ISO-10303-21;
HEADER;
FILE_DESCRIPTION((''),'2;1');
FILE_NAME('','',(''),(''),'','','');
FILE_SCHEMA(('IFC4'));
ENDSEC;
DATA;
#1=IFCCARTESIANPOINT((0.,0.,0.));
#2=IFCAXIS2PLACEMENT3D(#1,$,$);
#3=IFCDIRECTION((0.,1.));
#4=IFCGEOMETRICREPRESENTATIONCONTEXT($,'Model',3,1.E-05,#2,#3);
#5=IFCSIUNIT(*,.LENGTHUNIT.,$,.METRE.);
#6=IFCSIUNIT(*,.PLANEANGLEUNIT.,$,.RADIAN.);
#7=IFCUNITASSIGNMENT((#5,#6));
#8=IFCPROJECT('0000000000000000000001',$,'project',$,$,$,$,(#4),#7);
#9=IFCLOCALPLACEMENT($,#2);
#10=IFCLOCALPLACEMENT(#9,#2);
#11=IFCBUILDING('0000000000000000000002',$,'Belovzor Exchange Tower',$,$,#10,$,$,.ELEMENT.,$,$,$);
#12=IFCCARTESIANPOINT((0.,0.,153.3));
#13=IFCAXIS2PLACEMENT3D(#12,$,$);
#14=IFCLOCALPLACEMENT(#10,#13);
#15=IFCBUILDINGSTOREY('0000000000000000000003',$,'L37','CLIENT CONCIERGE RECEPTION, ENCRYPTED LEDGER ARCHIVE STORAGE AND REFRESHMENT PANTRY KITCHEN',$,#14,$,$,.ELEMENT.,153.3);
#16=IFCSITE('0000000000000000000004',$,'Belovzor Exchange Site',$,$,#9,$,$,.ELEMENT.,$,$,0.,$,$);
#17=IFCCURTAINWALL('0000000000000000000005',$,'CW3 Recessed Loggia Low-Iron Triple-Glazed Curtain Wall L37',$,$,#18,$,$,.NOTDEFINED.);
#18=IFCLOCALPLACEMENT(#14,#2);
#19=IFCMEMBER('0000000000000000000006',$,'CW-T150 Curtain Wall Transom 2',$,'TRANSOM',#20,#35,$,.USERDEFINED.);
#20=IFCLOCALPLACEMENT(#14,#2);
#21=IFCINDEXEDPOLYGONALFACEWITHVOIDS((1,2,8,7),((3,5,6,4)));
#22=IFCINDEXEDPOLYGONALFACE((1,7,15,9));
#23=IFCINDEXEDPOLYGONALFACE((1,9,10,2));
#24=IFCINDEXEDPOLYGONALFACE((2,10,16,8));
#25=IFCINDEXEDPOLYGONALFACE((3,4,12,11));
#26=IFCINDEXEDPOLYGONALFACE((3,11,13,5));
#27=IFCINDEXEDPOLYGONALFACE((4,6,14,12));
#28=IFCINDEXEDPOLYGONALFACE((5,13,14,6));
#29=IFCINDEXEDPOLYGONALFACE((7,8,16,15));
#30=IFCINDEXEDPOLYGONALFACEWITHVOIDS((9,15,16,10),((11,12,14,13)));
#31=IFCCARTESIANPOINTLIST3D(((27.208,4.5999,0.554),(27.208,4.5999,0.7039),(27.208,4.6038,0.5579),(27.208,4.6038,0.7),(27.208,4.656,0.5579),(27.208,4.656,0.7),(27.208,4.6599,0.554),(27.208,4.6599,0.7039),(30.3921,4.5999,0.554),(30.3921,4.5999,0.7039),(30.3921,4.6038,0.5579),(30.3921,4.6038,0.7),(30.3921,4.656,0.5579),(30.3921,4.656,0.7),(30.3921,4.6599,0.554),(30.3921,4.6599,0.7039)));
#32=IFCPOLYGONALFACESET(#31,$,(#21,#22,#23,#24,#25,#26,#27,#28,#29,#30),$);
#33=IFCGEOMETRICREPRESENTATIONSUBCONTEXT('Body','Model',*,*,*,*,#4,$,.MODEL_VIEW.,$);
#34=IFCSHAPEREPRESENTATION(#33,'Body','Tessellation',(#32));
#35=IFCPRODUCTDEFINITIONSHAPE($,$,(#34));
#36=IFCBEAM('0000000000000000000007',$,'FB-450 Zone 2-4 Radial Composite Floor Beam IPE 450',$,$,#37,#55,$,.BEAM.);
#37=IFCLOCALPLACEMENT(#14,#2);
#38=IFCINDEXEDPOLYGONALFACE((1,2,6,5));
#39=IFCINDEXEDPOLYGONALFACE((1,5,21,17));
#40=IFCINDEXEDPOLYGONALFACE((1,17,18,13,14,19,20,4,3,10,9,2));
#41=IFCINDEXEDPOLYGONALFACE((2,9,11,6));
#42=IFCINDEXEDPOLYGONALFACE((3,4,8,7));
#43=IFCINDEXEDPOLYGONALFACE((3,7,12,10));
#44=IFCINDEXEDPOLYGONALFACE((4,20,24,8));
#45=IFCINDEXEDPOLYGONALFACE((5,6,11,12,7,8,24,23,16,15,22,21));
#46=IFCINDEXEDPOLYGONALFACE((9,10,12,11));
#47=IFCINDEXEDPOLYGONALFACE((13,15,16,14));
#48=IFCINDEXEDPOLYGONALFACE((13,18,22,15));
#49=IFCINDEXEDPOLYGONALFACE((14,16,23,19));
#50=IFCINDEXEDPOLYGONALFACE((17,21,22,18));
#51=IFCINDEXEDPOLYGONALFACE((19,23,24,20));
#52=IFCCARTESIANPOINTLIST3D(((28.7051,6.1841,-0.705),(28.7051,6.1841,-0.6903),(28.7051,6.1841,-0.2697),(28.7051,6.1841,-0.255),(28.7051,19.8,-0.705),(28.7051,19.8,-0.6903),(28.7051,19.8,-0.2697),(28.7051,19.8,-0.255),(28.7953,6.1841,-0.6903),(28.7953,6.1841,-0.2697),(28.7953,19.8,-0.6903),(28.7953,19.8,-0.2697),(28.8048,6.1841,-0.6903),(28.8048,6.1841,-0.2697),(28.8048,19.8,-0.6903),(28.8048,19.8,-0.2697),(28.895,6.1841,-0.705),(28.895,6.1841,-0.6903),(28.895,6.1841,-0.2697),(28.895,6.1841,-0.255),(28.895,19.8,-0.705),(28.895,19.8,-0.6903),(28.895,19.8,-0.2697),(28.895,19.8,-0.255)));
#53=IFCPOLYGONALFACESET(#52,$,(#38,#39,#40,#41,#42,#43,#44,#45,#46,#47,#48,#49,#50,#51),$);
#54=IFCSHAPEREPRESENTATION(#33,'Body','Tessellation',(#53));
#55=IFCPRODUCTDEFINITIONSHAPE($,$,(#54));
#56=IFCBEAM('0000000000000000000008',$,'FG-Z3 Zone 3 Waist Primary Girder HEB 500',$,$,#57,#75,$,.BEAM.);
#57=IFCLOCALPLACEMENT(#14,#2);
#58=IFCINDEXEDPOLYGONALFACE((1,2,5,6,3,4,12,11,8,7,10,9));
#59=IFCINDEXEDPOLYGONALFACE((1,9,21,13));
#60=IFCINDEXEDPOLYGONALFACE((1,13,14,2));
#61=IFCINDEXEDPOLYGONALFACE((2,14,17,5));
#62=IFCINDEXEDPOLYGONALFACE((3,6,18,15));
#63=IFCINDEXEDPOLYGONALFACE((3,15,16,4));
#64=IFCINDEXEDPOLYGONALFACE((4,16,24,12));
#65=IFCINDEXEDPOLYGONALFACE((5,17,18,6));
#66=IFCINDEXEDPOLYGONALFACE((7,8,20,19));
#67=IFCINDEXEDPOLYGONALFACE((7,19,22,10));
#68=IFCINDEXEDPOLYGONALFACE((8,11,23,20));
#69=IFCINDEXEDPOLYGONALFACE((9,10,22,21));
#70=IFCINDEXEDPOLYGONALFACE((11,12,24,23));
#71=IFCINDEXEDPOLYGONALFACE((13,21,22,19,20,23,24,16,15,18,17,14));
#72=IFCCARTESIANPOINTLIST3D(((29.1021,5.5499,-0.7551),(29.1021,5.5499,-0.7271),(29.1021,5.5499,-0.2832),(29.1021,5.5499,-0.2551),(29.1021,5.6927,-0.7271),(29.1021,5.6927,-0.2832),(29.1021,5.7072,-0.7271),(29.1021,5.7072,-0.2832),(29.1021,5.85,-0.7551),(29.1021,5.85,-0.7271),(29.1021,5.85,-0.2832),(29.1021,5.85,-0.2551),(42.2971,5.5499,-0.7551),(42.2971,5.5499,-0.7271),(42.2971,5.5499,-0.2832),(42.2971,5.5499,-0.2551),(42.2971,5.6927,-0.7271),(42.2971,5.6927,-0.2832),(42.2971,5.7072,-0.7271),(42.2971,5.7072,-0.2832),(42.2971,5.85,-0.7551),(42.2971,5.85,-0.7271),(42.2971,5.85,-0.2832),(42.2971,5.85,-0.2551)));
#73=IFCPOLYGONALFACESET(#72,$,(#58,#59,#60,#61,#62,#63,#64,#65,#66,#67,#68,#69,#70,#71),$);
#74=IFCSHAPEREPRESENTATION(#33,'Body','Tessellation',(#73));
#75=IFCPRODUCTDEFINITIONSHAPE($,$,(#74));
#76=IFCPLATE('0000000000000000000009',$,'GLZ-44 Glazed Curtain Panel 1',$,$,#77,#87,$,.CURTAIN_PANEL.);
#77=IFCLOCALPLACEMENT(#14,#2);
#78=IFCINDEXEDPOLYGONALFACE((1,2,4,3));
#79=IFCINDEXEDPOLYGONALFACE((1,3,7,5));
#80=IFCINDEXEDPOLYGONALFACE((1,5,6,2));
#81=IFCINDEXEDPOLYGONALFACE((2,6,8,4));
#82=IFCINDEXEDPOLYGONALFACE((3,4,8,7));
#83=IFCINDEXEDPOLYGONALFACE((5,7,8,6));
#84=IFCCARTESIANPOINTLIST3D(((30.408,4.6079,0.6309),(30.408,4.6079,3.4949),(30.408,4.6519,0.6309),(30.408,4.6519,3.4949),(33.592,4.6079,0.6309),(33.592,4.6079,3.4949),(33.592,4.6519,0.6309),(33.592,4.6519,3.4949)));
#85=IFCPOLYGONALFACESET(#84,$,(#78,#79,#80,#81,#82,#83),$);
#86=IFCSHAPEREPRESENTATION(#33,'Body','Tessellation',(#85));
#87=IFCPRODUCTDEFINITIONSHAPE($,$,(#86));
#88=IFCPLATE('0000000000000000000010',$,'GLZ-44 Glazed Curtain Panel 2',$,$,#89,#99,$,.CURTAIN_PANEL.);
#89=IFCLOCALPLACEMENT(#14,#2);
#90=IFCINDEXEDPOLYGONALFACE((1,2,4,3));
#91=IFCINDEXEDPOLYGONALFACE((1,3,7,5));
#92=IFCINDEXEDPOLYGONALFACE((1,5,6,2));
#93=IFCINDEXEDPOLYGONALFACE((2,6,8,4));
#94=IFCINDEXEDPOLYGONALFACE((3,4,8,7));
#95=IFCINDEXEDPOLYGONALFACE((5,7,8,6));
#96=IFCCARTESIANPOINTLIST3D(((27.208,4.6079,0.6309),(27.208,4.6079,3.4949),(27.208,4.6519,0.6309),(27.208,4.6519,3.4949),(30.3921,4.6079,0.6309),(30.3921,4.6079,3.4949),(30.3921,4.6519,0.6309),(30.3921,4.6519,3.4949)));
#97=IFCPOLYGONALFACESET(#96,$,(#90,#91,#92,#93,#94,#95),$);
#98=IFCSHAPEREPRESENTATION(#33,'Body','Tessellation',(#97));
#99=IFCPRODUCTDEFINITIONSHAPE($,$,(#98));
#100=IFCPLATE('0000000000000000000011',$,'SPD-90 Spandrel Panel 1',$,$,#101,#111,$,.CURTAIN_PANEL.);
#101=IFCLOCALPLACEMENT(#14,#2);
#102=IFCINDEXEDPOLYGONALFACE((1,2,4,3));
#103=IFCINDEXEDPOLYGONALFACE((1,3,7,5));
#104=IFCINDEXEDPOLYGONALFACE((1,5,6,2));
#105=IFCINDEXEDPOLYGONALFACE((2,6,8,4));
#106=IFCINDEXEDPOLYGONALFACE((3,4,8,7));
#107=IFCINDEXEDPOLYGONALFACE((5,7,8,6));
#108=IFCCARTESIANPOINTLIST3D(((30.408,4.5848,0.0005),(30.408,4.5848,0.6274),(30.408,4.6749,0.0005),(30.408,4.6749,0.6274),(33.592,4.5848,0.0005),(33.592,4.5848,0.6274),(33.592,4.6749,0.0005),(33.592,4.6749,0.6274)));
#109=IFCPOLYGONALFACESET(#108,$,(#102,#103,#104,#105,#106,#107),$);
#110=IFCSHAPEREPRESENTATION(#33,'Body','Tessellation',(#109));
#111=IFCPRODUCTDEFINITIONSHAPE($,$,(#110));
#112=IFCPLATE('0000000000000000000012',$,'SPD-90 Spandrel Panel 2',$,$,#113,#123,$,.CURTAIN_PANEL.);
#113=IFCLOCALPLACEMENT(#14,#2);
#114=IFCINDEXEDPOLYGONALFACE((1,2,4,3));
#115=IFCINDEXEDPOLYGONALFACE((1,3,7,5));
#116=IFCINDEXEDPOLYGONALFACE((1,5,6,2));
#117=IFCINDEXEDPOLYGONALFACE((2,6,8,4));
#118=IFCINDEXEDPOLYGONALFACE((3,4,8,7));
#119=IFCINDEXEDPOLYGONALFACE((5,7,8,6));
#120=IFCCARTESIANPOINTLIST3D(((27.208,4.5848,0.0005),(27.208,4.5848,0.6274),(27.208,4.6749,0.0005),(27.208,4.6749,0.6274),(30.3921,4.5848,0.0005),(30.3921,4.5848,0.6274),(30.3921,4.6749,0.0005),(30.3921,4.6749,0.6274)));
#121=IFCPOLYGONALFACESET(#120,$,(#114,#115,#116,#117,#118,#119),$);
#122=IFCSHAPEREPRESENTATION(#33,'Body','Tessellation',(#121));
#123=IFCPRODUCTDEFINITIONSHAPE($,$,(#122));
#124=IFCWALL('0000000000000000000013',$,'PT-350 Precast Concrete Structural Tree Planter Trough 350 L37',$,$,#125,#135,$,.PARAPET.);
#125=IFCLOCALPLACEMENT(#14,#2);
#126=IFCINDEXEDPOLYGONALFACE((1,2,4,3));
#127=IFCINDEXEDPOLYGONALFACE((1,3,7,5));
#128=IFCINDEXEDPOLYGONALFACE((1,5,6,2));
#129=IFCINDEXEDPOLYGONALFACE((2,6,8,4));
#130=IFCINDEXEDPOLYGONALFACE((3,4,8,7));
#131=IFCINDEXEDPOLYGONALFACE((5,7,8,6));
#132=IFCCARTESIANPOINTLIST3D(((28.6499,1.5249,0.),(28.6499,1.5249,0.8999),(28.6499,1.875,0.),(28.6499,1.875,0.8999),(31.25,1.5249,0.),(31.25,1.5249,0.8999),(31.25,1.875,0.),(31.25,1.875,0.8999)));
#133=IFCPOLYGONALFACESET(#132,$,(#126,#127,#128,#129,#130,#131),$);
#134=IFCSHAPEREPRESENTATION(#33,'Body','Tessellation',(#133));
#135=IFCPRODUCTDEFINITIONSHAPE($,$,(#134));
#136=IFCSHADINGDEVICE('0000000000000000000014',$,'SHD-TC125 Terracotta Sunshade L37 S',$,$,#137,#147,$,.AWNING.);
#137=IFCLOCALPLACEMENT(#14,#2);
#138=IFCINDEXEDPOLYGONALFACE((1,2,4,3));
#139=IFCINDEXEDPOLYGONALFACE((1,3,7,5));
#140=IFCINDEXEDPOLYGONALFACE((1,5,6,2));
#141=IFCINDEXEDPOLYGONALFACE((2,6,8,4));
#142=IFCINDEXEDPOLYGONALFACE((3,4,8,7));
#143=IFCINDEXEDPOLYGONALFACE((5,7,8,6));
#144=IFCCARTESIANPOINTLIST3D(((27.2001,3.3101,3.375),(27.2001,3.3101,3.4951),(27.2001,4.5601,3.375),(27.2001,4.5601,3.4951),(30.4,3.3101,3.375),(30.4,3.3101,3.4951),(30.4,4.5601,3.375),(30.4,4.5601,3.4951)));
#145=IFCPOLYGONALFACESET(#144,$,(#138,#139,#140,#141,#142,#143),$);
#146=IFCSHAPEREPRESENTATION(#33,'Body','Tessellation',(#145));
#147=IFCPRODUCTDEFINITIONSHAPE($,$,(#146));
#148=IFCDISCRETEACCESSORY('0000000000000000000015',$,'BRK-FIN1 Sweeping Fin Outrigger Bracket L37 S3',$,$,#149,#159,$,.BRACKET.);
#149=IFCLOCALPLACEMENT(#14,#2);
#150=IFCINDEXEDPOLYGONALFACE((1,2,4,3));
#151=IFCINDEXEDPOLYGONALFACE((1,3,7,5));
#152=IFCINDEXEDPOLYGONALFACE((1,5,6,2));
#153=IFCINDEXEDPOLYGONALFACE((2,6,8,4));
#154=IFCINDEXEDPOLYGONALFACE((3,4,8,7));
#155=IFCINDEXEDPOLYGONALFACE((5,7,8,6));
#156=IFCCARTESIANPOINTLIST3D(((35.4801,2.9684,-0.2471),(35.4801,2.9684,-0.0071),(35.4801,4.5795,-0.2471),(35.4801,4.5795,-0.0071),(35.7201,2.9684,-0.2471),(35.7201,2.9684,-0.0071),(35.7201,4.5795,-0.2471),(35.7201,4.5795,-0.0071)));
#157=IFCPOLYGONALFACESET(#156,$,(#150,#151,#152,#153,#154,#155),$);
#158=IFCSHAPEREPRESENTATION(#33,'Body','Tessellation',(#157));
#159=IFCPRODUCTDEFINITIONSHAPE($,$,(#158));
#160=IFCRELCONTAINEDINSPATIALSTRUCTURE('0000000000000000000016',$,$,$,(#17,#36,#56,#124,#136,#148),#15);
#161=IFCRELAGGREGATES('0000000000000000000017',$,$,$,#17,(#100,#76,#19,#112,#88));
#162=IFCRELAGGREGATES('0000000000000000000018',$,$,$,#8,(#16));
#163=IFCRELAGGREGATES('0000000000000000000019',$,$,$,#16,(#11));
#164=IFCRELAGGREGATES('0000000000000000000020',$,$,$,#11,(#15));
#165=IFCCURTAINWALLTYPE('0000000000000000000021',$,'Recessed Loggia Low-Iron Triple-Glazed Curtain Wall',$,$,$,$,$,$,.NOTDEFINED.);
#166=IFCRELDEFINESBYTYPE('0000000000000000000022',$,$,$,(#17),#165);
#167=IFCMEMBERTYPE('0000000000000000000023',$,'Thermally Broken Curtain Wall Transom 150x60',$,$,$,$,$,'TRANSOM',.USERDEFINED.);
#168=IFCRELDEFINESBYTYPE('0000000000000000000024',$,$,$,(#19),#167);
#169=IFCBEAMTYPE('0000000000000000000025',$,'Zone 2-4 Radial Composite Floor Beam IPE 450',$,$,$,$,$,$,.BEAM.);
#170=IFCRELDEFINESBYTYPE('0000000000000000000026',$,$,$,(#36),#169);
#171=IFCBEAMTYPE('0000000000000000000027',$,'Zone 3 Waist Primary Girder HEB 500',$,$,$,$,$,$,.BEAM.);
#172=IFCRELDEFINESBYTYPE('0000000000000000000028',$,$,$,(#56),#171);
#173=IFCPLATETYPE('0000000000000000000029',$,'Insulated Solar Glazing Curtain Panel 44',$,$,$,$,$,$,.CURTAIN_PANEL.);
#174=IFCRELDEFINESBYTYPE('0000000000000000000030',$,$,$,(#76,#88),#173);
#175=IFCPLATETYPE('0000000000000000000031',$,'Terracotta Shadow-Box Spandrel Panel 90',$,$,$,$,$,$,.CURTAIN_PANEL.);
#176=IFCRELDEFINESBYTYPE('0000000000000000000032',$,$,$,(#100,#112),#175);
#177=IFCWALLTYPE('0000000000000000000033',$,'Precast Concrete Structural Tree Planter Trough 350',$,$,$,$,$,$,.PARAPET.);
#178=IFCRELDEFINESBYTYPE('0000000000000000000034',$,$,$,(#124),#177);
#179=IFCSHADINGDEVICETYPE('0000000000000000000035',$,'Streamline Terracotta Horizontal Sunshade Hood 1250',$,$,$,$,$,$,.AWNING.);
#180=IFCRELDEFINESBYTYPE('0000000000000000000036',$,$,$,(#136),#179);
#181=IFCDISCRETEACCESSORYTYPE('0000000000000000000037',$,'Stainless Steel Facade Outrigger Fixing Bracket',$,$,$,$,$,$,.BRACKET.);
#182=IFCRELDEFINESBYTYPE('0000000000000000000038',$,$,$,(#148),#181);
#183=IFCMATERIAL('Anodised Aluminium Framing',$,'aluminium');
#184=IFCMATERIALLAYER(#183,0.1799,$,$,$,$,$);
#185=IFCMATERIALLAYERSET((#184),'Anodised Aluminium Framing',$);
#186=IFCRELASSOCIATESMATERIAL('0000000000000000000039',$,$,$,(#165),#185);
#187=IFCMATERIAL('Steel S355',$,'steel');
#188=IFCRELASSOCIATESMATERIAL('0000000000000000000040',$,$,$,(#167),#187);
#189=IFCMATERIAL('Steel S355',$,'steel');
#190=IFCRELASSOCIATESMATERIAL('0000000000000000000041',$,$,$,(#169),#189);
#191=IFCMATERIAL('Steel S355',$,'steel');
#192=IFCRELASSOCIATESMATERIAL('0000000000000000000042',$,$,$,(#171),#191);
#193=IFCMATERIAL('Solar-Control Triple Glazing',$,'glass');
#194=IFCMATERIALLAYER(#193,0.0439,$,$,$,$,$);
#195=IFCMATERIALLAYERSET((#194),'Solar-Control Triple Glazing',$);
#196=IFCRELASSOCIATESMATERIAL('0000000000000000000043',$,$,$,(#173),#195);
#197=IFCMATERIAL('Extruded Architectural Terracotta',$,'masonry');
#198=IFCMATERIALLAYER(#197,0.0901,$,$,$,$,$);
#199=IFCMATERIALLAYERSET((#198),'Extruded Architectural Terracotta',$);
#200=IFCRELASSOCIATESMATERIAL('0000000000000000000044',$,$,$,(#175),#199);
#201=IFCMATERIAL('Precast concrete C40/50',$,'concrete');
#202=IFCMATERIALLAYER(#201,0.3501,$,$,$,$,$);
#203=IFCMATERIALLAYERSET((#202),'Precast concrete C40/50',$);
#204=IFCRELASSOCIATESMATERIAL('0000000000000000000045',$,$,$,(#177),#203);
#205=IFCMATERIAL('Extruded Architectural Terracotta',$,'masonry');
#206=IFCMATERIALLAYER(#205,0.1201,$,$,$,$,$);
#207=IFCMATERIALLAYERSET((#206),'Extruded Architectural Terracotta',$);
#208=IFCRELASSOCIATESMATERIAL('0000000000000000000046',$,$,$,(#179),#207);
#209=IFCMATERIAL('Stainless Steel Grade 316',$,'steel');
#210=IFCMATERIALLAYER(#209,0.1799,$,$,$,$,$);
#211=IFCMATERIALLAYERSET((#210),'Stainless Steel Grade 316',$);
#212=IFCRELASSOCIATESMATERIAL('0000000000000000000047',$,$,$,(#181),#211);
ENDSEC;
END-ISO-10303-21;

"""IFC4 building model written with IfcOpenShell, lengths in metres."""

from ifc_helpers import new_model, si_unit, direction, frame, frame_2d, origin, origin_2d, place, context, subcontext, project, spatial, rectangle, hollow_rectangle, i_section, extrude, material, layer, layer_set, material_profile, profile_set, type_object, element, aggregate, save


model = new_model("IFC4")

# Units and contexts
model_context = context("Model", 3, precision=1e-05, world=origin(), true_north=direction((0.0, 1.0)))
body_context = subcontext(model_context, "Body", "Model", "MODEL_VIEW")
ifc_project = project(units=[si_unit("LENGTHUNIT", "METRE"), si_unit("PLANEANGLEUNIT", "RADIAN")], contexts=[model_context])

# Site, building, storey
site_placement = place(None, origin())
site = spatial("IfcSite", under=ifc_project, at=site_placement, Name="Belovzor Exchange Site", CompositionType="ELEMENT", RefElevation=0.0)
building_placement = place(site_placement, origin())
building = spatial("IfcBuilding", under=site, at=building_placement, Name="Belovzor Exchange Tower", CompositionType="ELEMENT")
storey_placement = place(building_placement, frame((0.0, 0.0, 153.3)))
storey = spatial("IfcBuildingStorey", under=building, at=storey_placement, Name="L37", Description="CLIENT CONCIERGE RECEPTION, ENCRYPTED LEDGER ARCHIVE STORAGE AND REFRESHMENT PANTRY KITCHEN", CompositionType="ELEMENT", Elevation=153.3)

# Curtain wall, member
ifc_material_1 = material(Name="Anodised Aluminium Framing", Category="aluminium")
ifc_layer_1 = layer(ifc_material_1, 0.1799)
ifc_layer_set_1 = layer_set([ifc_layer_1], Name="Anodised Aluminium Framing")
curtain_wall_type = type_object("IfcCurtainWallType", Name="Recessed Loggia Low-Iron Triple-Glazed Curtain Wall", PredefinedType="NOTDEFINED", material=ifc_layer_set_1)
curtain_wall_placement = place(storey_placement, origin())
curtain_wall = element("IfcCurtainWall", 1, at=curtain_wall_placement, inside=storey, type_object=curtain_wall_type, Name="CW3 Recessed Loggia Low-Iron Triple-Glazed Curtain Wall L37", PredefinedType="NOTDEFINED")
ifc_material_2 = material(Name="Steel S355", Category="steel")
ifc_material_profile_1 = material_profile(ifc_material_2, hollow_rectangle(XDim=0.0601, YDim=0.1499, WallThickness=0.0039, at=origin_2d()))
ifc_profile_set_1 = profile_set([ifc_material_profile_1], Name="Steel S355")
member_type_1 = type_object("IfcMemberType", Name="Thermally Broken Curtain Wall Transom 150x60", ElementType="TRANSOM", PredefinedType="USERDEFINED", material=ifc_profile_set_1)
member_1_placement = place(storey_placement, frame((30.3921, 4.6299, 0.6289), z_axis=(-1.0, 0.0, 0.0), x_axis=(0.0, -1.0, 0.0)))
member_1 = element("IfcMember", 2, at=member_1_placement, type_object=member_type_1, Name="CW-T150 Curtain Wall Transom 2", ObjectType="TRANSOM", PredefinedType="USERDEFINED", context=body_context, shape_type="SweptSolid", body=[
    extrude(hollow_rectangle(XDim=0.0601, YDim=0.1499, WallThickness=0.0039, at=origin_2d()), origin(), (0.0, 0.0, 1.0), 3.1841),
])

# Beams
ifc_material_3 = material(Name="Steel S355", Category="steel")
ifc_material_profile_2 = material_profile(ifc_material_3, i_section(OverallWidth=0.1899, OverallDepth=0.45, WebThickness=0.0095, FlangeThickness=0.0146, at=origin_2d()))
ifc_profile_set_2 = profile_set([ifc_material_profile_2], Name="Steel S355")
beam_type_1 = type_object("IfcBeamType", Name="Zone 2-4 Radial Composite Floor Beam IPE 450", PredefinedType="BEAM", material=ifc_profile_set_2)
beam_1_placement = place(storey_placement, frame((28.8, 19.8, -0.48), z_axis=(0.0, -1.0, 0.0), x_axis=(1.0, 0.0, 0.0)))
element("IfcBeam", 3, at=beam_1_placement, inside=storey, type_object=beam_type_1, Name="FB-450 Zone 2-4 Radial Composite Floor Beam IPE 450", PredefinedType="BEAM", context=body_context, shape_type="SweptSolid", body=[
    extrude(i_section(OverallWidth=0.1899, OverallDepth=0.45, WebThickness=0.0095, FlangeThickness=0.0146, at=origin_2d()), origin(), (0.0, 0.0, 1.0), 13.616),
])
ifc_material_4 = material(Name="Steel S355", Category="steel")
ifc_material_profile_3 = material_profile(ifc_material_4, i_section(OverallWidth=0.3, OverallDepth=0.5, WebThickness=0.0144, FlangeThickness=0.0281, at=origin_2d()))
ifc_profile_set_3 = profile_set([ifc_material_profile_3], Name="Steel S355")
beam_type_2 = type_object("IfcBeamType", Name="Zone 3 Waist Primary Girder HEB 500", PredefinedType="BEAM", material=ifc_profile_set_3)
beam_2_placement = place(storey_placement, frame((29.1021, 5.7, -0.5051), z_axis=(1.0, 0.0, 0.0), x_axis=(0.0, 1.0, 0.0)))
element("IfcBeam", 4, at=beam_2_placement, inside=storey, type_object=beam_type_2, Name="FG-Z3 Zone 3 Waist Primary Girder HEB 500", PredefinedType="BEAM", context=body_context, shape_type="SweptSolid", body=[
    extrude(i_section(OverallWidth=0.3, OverallDepth=0.5, WebThickness=0.0144, FlangeThickness=0.0281, at=origin_2d()), origin(), (0.0, 0.0, 1.0), 13.1951),
])

# Plates
ifc_material_5 = material(Name="Solar-Control Triple Glazing", Category="glass")
ifc_layer_2 = layer(ifc_material_5, 0.0439)
ifc_layer_set_2 = layer_set([ifc_layer_2], Name="Solar-Control Triple Glazing")
plate_type_1 = type_object("IfcPlateType", Name="Insulated Solar Glazing Curtain Panel 44", PredefinedType="CURTAIN_PANEL", material=ifc_layer_set_2)
plate_1_placement = place(storey_placement, frame((32.0, 4.6299, 0.6309), z_axis=(0.0, 0.0, 1.0), x_axis=(-1.0, 0.0, 0.0)))
plate_1 = element("IfcPlate", 5, at=plate_1_placement, type_object=plate_type_1, Name="GLZ-44 Glazed Curtain Panel 1", PredefinedType="CURTAIN_PANEL", context=body_context, shape_type="SweptSolid", body=[
    extrude(rectangle(XDim=3.1841, YDim=0.0439, at=origin_2d()), origin(), (0.0, 0.0, 1.0), 2.864),
])
plate_2_placement = place(storey_placement, frame((28.8, 4.6299, 0.6309), z_axis=(0.0, 0.0, 1.0), x_axis=(-1.0, 0.0, 0.0)))
plate_2 = element("IfcPlate", 6, at=plate_2_placement, type_object=plate_type_1, Name="GLZ-44 Glazed Curtain Panel 2", PredefinedType="CURTAIN_PANEL", context=body_context, shape_type="SweptSolid", body=[
    extrude(rectangle(XDim=3.1841, YDim=0.0439, at=origin_2d()), origin(), (0.0, 0.0, 1.0), 2.864),
])
ifc_material_6 = material(Name="Extruded Architectural Terracotta", Category="masonry")
ifc_layer_3 = layer(ifc_material_6, 0.0901)
ifc_layer_set_3 = layer_set([ifc_layer_3], Name="Extruded Architectural Terracotta")
plate_type_2 = type_object("IfcPlateType", Name="Terracotta Shadow-Box Spandrel Panel 90", PredefinedType="CURTAIN_PANEL", material=ifc_layer_set_3)
plate_3_placement = place(storey_placement, frame((32.0, 4.6299, 0.0005), z_axis=(0.0, 0.0, 1.0), x_axis=(-1.0, 0.0, 0.0)))
plate_3 = element("IfcPlate", 7, at=plate_3_placement, type_object=plate_type_2, Name="SPD-90 Spandrel Panel 1", PredefinedType="CURTAIN_PANEL", context=body_context, shape_type="SweptSolid", body=[
    extrude(rectangle(XDim=3.1841, YDim=0.0901, at=origin_2d()), origin(), (0.0, 0.0, 1.0), 0.627),
])
plate_4_placement = place(storey_placement, frame((28.8, 4.6299, 0.0005), z_axis=(0.0, 0.0, 1.0), x_axis=(-1.0, 0.0, 0.0)))
plate_4 = element("IfcPlate", 8, at=plate_4_placement, type_object=plate_type_2, Name="SPD-90 Spandrel Panel 2", PredefinedType="CURTAIN_PANEL", context=body_context, shape_type="SweptSolid", body=[
    extrude(rectangle(XDim=3.1841, YDim=0.0901, at=origin_2d()), origin(), (0.0, 0.0, 1.0), 0.627),
])
aggregate(curtain_wall, [plate_3, plate_1, member_1, plate_4, plate_2])

# Wall
ifc_material_7 = material(Name="Precast concrete C40/50", Category="concrete")
ifc_layer_4 = layer(ifc_material_7, 0.3501)
ifc_layer_set_4 = layer_set([ifc_layer_4], Name="Precast concrete C40/50")
wall_type = type_object("IfcWallType", Name="Precast Concrete Structural Tree Planter Trough 350", PredefinedType="PARAPET", material=ifc_layer_set_4)
wall_placement = place(storey_placement, frame((28.6499, 1.7, 0.0), z_axis=(0.0, 0.0, 1.0), x_axis=(1.0, 0.0, 0.0)))
element("IfcWall", 9, at=wall_placement, inside=storey, type_object=wall_type, Name="PT-350 Precast Concrete Structural Tree Planter Trough 350 L37", PredefinedType="PARAPET", context=body_context, shape_type="SweptSolid", body=[
    extrude(rectangle(XDim=2.6001, YDim=0.3501, at=frame_2d((1.3, 0.0))), origin(), (0.0, 0.0, 1.0), 0.8999),
])

# Shading device
ifc_material_8 = material(Name="Extruded Architectural Terracotta", Category="masonry")
ifc_layer_5 = layer(ifc_material_8, 0.1201)
ifc_layer_set_5 = layer_set([ifc_layer_5], Name="Extruded Architectural Terracotta")
shading_device_type = type_object("IfcShadingDeviceType", Name="Streamline Terracotta Horizontal Sunshade Hood 1250", PredefinedType="AWNING", material=ifc_layer_set_5)
shading_device_placement = place(storey_placement, frame((28.8, 3.9351, 3.375), z_axis=(0.0, 0.0, 1.0), x_axis=(1.0, 0.0, 0.0)))
element("IfcShadingDevice", 10, at=shading_device_placement, inside=storey, type_object=shading_device_type, Name="SHD-TC125 Terracotta Sunshade L37 S", PredefinedType="AWNING", context=body_context, shape_type="SweptSolid", body=[
    extrude(rectangle(XDim=3.2, YDim=1.25, at=origin_2d()), origin(), (0.0, 0.0, 1.0), 0.1201),
])

# Discrete accessory
ifc_material_9 = material(Name="Stainless Steel Grade 316", Category="steel")
ifc_layer_6 = layer(ifc_material_9, 0.1799)
ifc_layer_set_6 = layer_set([ifc_layer_6], Name="Stainless Steel Grade 316")
discrete_accessory_type = type_object("IfcDiscreteAccessoryType", Name="Stainless Steel Facade Outrigger Fixing Bracket", PredefinedType="BRACKET", material=ifc_layer_set_6)
discrete_accessory_placement = place(storey_placement, frame((35.6001, 3.7739, -0.2471), z_axis=(0.0, 0.0, 1.0), x_axis=(0.0, 1.0, 0.0)))
element("IfcDiscreteAccessory", 11, at=discrete_accessory_placement, inside=storey, type_object=discrete_accessory_type, Name="BRK-FIN1 Sweeping Fin Outrigger Bracket L37 S3", PredefinedType="BRACKET", context=body_context, shape_type="SweptSolid", body=[
    extrude(rectangle(XDim=1.6111, YDim=0.24, at=origin_2d()), origin(), (0.0, 0.0, 1.0), 0.24),
])

save(model, "model.ifc")
